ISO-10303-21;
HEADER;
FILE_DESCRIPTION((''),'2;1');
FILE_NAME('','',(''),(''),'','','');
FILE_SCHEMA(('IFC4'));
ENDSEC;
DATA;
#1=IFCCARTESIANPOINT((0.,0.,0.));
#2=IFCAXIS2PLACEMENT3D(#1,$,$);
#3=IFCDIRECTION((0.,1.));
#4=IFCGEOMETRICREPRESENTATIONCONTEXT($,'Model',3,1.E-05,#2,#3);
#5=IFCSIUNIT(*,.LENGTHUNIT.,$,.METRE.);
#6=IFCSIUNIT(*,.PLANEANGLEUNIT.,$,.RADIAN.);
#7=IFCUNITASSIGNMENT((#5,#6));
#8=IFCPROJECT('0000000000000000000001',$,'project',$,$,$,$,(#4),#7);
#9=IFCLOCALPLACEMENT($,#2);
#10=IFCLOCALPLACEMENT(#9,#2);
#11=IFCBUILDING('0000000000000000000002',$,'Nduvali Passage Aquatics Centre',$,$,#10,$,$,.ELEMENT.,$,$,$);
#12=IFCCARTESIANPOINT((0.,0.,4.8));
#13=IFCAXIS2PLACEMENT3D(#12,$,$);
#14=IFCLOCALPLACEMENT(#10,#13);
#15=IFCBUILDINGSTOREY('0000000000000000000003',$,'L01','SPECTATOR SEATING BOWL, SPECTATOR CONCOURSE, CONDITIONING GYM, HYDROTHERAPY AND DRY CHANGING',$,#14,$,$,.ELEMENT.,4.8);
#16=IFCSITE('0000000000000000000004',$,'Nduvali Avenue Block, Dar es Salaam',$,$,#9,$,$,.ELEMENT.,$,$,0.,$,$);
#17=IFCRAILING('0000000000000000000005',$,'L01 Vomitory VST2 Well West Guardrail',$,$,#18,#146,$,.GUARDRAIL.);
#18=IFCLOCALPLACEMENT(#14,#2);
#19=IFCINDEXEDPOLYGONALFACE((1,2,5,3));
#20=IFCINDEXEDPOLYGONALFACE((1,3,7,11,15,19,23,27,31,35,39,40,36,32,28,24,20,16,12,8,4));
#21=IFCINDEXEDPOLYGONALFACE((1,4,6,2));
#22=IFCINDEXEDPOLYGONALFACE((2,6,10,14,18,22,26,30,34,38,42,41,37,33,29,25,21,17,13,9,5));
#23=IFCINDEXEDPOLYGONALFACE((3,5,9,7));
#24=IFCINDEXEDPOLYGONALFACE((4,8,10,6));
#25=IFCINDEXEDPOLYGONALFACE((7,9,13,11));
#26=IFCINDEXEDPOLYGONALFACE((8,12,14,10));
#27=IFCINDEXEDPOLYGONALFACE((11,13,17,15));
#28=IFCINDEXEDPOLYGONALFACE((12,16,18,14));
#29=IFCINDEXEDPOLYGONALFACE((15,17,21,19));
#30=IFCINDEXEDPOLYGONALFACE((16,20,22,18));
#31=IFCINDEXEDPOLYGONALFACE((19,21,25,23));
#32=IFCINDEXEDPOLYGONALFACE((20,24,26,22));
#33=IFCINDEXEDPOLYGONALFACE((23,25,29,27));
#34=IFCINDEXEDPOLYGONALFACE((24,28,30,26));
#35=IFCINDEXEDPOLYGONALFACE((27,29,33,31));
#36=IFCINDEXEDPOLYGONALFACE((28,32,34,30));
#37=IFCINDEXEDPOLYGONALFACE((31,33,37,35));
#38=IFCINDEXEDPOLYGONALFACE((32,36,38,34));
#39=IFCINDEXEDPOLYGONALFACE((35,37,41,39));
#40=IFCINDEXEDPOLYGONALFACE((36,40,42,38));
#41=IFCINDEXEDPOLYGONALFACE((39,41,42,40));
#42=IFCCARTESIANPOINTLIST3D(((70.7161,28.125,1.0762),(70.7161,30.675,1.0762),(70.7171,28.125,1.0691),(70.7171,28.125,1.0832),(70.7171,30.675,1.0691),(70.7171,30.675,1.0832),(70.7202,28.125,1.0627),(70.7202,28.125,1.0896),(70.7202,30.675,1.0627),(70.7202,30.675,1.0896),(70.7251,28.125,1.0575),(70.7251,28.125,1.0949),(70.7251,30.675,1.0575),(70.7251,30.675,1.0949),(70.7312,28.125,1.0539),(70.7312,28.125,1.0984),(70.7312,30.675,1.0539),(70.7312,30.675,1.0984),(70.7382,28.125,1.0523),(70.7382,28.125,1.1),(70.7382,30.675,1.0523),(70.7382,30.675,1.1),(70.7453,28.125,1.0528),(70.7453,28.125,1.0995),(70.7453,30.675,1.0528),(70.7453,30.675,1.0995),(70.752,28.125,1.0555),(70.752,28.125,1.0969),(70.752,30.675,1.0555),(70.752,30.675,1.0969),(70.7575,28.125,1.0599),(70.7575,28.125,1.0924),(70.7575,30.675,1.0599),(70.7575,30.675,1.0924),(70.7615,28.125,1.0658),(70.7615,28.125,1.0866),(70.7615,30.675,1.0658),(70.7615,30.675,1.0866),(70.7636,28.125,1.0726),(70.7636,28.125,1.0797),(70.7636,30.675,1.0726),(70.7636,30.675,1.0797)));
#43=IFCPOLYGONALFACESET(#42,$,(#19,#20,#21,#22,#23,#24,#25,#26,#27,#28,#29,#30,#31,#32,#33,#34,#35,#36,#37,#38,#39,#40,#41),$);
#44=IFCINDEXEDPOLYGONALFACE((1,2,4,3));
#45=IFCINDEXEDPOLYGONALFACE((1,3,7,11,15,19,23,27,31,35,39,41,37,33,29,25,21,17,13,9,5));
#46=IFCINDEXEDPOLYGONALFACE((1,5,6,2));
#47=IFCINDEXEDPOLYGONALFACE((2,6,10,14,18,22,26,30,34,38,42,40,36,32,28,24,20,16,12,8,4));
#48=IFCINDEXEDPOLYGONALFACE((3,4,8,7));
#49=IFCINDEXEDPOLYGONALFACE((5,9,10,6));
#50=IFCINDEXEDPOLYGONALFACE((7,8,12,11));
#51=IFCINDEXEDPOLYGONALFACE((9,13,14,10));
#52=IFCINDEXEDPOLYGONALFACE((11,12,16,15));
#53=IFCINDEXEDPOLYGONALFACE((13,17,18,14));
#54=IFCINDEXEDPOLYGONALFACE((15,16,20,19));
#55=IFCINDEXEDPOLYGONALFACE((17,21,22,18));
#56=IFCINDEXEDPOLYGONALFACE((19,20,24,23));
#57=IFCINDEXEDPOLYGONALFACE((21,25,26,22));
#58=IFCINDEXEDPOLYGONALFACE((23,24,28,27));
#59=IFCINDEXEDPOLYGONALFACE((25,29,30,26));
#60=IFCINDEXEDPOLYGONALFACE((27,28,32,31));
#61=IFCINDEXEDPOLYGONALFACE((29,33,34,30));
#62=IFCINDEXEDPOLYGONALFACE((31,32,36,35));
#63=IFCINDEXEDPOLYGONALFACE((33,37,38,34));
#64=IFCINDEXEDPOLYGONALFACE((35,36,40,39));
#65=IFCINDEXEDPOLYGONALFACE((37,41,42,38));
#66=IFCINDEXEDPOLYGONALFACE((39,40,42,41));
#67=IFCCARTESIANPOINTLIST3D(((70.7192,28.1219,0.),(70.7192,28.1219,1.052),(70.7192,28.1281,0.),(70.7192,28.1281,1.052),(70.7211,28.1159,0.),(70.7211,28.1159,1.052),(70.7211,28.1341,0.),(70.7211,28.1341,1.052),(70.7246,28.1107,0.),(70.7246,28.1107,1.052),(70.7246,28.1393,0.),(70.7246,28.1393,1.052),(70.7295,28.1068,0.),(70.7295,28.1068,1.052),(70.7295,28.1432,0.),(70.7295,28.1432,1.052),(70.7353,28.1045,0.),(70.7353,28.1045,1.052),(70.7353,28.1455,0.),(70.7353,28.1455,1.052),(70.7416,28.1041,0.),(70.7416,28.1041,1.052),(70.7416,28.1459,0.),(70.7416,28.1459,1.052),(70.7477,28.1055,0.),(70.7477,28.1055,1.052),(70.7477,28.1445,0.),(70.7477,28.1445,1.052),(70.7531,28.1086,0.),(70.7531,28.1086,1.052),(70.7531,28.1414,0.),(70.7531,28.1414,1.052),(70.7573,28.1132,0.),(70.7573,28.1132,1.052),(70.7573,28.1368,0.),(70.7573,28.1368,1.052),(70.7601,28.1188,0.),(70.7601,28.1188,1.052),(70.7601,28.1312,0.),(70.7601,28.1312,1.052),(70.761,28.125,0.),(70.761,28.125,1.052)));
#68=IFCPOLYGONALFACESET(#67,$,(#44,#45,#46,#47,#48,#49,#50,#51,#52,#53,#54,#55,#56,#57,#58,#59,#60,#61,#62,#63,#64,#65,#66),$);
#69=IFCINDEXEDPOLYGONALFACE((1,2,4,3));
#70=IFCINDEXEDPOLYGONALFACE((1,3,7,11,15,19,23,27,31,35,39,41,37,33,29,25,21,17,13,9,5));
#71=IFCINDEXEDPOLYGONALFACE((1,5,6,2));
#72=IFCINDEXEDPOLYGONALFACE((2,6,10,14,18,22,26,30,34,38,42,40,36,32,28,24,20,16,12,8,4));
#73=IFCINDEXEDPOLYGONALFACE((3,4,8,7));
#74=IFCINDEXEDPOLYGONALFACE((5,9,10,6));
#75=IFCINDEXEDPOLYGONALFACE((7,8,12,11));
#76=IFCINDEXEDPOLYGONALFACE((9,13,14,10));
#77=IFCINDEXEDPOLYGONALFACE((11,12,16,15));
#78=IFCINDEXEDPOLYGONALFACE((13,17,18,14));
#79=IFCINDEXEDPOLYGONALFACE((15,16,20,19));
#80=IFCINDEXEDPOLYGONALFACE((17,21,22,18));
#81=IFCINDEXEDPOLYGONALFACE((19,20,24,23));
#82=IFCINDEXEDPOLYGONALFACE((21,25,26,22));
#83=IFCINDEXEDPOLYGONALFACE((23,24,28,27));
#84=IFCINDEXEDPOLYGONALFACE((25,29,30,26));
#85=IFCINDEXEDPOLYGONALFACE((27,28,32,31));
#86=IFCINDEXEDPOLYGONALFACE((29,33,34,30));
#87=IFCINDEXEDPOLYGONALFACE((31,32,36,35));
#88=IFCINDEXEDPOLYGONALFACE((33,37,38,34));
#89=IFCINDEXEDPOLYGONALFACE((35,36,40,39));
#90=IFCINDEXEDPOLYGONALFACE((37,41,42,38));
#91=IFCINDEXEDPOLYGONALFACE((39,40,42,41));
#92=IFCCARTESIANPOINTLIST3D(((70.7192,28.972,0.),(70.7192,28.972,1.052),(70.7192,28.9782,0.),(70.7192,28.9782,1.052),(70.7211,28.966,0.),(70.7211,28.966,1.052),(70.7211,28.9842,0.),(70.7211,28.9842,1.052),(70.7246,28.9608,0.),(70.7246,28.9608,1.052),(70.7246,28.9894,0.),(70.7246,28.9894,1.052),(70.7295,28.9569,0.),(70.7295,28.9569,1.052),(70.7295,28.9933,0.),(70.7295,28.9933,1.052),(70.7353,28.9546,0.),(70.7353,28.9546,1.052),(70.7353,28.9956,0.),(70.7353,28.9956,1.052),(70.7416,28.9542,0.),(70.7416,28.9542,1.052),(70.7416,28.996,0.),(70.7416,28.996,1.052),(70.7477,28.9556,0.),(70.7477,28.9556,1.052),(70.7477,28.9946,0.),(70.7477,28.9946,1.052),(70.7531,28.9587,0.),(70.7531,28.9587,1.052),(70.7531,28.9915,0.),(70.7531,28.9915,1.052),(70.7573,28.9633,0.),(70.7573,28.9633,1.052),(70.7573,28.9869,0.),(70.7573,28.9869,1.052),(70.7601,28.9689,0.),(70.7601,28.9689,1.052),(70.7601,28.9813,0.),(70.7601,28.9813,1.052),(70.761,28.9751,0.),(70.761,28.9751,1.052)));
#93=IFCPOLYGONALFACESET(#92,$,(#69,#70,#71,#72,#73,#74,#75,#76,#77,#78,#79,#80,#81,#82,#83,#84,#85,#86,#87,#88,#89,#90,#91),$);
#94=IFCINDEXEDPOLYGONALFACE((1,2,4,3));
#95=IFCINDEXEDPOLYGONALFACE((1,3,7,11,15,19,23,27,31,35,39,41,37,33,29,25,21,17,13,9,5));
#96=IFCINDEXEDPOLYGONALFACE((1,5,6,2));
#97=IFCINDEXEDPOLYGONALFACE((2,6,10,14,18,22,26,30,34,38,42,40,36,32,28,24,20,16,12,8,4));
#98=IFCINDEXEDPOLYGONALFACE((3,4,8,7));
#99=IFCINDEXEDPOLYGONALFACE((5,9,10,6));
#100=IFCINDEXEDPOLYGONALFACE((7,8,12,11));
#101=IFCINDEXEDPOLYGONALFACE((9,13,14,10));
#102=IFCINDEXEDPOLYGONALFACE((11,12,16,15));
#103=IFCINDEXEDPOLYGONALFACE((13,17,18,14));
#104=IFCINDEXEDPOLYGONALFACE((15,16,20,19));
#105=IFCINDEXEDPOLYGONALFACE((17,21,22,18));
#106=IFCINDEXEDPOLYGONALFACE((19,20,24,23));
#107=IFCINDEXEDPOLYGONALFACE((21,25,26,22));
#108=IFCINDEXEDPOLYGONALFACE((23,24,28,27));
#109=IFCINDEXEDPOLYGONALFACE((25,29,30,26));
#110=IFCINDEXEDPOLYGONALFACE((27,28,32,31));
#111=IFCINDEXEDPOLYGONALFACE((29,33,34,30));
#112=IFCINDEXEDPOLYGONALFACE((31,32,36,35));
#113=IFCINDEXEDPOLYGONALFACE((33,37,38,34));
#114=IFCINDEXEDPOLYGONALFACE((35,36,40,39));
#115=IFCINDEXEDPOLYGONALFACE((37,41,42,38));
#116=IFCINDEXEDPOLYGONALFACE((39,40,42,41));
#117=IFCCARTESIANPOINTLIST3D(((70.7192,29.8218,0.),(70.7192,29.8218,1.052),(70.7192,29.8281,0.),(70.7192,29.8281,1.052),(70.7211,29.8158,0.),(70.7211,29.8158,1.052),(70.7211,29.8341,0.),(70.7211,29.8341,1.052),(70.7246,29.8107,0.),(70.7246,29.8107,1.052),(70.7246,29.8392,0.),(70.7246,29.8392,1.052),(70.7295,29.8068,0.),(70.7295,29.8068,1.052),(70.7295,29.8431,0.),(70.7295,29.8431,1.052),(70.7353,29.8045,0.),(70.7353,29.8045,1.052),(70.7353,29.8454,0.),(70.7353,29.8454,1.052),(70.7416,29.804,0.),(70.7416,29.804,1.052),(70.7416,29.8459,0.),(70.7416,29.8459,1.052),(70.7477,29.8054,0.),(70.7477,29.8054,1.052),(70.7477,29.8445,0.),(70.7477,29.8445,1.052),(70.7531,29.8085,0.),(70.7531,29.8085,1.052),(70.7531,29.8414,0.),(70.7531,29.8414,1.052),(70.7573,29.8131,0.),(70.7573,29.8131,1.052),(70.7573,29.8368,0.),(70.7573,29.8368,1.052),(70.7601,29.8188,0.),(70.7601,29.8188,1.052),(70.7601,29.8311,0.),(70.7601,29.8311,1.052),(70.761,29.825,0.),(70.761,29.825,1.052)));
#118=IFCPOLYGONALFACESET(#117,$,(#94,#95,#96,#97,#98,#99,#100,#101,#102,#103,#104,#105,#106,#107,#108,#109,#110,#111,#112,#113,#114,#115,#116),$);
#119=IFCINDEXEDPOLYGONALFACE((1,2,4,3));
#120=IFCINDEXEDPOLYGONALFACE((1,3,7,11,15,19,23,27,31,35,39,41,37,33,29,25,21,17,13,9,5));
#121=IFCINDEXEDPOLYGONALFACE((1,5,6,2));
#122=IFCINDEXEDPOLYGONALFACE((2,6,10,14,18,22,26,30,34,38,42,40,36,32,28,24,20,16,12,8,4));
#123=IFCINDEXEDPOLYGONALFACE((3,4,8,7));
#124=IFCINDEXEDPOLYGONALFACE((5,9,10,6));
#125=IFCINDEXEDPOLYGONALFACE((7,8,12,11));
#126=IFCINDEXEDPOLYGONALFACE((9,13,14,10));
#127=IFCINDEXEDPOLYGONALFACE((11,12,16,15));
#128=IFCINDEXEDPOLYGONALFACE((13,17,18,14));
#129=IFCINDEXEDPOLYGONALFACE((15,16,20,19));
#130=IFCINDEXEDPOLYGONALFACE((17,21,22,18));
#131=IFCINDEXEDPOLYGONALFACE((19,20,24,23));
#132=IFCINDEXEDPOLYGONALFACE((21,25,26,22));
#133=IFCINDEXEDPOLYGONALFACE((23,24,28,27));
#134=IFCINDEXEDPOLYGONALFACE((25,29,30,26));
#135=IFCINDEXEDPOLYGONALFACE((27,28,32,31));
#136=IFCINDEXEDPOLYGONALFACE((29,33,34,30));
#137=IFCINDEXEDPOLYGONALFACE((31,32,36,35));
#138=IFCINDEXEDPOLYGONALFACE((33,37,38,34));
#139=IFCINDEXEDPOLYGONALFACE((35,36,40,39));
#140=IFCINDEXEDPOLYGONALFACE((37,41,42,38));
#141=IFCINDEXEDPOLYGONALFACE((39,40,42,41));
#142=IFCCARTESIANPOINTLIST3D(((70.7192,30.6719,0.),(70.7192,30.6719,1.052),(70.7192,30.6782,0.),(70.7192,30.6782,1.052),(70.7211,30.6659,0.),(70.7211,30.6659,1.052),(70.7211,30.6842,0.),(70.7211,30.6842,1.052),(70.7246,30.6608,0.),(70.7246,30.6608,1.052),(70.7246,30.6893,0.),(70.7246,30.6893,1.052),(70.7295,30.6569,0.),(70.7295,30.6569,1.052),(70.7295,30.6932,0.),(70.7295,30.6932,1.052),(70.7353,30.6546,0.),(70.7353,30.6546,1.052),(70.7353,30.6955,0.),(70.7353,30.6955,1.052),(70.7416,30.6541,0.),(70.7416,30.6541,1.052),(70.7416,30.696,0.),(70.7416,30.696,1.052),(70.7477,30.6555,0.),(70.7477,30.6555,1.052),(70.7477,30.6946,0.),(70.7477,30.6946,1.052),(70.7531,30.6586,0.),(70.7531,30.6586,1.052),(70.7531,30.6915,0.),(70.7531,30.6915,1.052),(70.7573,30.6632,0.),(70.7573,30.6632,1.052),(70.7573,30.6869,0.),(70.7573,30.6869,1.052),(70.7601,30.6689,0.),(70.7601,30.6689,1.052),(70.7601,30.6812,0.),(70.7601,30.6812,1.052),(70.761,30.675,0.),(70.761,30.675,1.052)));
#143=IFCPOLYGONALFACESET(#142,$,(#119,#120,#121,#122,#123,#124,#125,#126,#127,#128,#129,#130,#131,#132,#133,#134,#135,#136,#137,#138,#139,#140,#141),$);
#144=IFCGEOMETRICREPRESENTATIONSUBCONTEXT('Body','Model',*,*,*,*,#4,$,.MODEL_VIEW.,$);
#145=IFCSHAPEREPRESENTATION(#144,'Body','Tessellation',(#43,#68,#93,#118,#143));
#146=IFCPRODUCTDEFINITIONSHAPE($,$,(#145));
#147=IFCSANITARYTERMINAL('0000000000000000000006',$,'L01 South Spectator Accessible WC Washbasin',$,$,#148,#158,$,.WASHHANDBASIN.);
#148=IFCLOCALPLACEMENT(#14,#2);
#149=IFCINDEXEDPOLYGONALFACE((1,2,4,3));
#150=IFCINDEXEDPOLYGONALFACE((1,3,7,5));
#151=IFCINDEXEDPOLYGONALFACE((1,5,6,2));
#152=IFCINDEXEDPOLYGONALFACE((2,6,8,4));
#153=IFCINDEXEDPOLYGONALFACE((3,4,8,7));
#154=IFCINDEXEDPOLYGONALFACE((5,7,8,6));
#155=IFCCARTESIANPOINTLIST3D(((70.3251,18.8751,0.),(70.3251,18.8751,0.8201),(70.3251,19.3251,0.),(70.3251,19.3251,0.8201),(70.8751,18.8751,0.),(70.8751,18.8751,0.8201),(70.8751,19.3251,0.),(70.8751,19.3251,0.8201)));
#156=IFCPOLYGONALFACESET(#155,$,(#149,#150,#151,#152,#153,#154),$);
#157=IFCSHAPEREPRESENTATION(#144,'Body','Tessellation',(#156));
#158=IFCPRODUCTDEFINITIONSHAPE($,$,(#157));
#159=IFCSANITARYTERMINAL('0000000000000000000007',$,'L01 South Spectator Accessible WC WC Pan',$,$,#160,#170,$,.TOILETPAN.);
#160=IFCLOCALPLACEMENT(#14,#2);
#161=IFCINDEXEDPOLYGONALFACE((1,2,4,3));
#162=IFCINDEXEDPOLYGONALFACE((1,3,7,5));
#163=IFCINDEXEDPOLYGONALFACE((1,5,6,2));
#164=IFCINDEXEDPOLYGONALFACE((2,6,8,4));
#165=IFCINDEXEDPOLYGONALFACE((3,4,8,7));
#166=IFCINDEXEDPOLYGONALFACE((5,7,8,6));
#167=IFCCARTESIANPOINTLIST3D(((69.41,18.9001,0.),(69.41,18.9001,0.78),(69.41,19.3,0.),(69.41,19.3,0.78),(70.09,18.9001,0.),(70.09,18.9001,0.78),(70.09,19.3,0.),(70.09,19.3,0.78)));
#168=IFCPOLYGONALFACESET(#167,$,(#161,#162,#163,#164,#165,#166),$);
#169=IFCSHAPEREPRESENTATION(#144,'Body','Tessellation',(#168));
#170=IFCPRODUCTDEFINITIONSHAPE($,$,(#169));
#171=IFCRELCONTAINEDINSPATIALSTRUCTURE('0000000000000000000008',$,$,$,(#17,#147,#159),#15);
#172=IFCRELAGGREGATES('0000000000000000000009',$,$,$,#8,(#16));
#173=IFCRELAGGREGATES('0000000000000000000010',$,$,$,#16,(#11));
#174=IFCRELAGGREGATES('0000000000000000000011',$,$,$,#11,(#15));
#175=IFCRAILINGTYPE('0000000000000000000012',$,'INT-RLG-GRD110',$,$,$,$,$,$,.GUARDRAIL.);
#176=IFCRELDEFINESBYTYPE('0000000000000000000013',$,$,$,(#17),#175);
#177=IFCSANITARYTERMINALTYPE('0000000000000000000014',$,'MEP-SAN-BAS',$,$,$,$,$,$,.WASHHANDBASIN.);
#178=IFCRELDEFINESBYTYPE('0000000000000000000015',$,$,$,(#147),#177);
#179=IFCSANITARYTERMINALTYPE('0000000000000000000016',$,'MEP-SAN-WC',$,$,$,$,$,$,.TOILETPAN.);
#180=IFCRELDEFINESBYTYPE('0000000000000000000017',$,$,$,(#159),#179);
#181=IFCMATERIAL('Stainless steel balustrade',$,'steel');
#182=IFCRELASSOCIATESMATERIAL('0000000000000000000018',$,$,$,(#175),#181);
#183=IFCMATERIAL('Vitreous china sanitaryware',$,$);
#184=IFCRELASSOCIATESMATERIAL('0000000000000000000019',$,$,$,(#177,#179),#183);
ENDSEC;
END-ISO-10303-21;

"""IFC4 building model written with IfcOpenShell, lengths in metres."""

from ifc_helpers import new_model, si_unit, direction, frame, origin, origin_2d, place, context, subcontext, project, spatial, rectangle, circle, extrude, material, type_object, element, save


model = new_model("IFC4")

# Units and contexts
model_context = context("Model", 3, precision=1e-05, world=origin(), true_north=direction((0.0, 1.0)))
body_context = subcontext(model_context, "Body", "Model", "MODEL_VIEW")
ifc_project = project(units=[si_unit("LENGTHUNIT", "METRE"), si_unit("PLANEANGLEUNIT", "RADIAN")], contexts=[model_context])

# Site, building, storey
site_placement = place(None, origin())
site = spatial("IfcSite", under=ifc_project, at=site_placement, Name="Nduvali Avenue Block, Dar es Salaam", CompositionType="ELEMENT", RefElevation=0.0)
building_placement = place(site_placement, origin())
building = spatial("IfcBuilding", under=site, at=building_placement, Name="Nduvali Passage Aquatics Centre", CompositionType="ELEMENT")
storey_placement = place(building_placement, frame((0.0, 0.0, 4.8)))
storey = spatial("IfcBuildingStorey", under=building, at=storey_placement, Name="L01", Description="SPECTATOR SEATING BOWL, SPECTATOR CONCOURSE, CONDITIONING GYM, HYDROTHERAPY AND DRY CHANGING", CompositionType="ELEMENT", Elevation=4.8)

# Railing
ifc_material_1 = material(Name="Stainless steel balustrade", Category="steel")
railing_type = type_object("IfcRailingType", Name="INT-RLG-GRD110", PredefinedType="GUARDRAIL", material=ifc_material_1)
railing_placement = place(storey_placement, frame((70.74, 28.125, 0.0)))
element("IfcRailing", 1, at=railing_placement, inside=storey, type_object=railing_type, Name="L01 Vomitory VST2 Well West Guardrail", PredefinedType="GUARDRAIL", context=body_context, shape_type="SweptSolid", body=[
    extrude(circle(Radius=0.0239, at=origin_2d()), frame((0.0, 0.0, 1.0762), z_axis=(0.0, 1.0, 0.0), x_axis=(-1.0, 0.0, 0.0)), (0.0, 0.0, 1.0), 2.55),
    extrude(circle(Radius=0.021, at=origin_2d()), origin(), (0.0, 0.0, 1.0), 1.052),
    extrude(circle(Radius=0.021, at=origin_2d()), frame((0.0, 0.8501, 0.0)), (0.0, 0.0, 1.0), 1.052),
    extrude(circle(Radius=0.021, at=origin_2d()), frame((0.0, 1.7, 0.0)), (0.0, 0.0, 1.0), 1.052),
    extrude(circle(Radius=0.021, at=origin_2d()), frame((0.0, 2.55, 0.0)), (0.0, 0.0, 1.0), 1.052),
])

# Sanitary terminals
ifc_material_2 = material(Name="Vitreous china sanitaryware")
sanitary_terminal_type_1 = type_object("IfcSanitaryTerminalType", Name="MEP-SAN-BAS", PredefinedType="WASHHANDBASIN", material=ifc_material_2)
sanitary_terminal_1_placement = place(storey_placement, frame((70.6001, 19.1001, 0.0), z_axis=(0.0, 0.0, 1.0), x_axis=(1.0, 0.0, 0.0)))
element("IfcSanitaryTerminal", 2, at=sanitary_terminal_1_placement, inside=storey, type_object=sanitary_terminal_type_1, Name="L01 South Spectator Accessible WC Washbasin", PredefinedType="WASHHANDBASIN", context=body_context, shape_type="SweptSolid", body=[
    extrude(rectangle(XDim=0.55, YDim=0.45, at=origin_2d()), origin(), (0.0, 0.0, 1.0), 0.8201),
])
sanitary_terminal_type_2 = type_object("IfcSanitaryTerminalType", Name="MEP-SAN-WC", PredefinedType="TOILETPAN", material=ifc_material_2)
sanitary_terminal_2_placement = place(storey_placement, frame((69.75, 19.1001, 0.0), z_axis=(0.0, 0.0, 1.0), x_axis=(1.0, 0.0, 0.0)))
element("IfcSanitaryTerminal", 3, at=sanitary_terminal_2_placement, inside=storey, type_object=sanitary_terminal_type_2, Name="L01 South Spectator Accessible WC WC Pan", PredefinedType="TOILETPAN", context=body_context, shape_type="SweptSolid", body=[
    extrude(rectangle(XDim=0.6799, YDim=0.3999, at=origin_2d()), origin(), (0.0, 0.0, 1.0), 0.78),
])

save(model, "model.ifc")
